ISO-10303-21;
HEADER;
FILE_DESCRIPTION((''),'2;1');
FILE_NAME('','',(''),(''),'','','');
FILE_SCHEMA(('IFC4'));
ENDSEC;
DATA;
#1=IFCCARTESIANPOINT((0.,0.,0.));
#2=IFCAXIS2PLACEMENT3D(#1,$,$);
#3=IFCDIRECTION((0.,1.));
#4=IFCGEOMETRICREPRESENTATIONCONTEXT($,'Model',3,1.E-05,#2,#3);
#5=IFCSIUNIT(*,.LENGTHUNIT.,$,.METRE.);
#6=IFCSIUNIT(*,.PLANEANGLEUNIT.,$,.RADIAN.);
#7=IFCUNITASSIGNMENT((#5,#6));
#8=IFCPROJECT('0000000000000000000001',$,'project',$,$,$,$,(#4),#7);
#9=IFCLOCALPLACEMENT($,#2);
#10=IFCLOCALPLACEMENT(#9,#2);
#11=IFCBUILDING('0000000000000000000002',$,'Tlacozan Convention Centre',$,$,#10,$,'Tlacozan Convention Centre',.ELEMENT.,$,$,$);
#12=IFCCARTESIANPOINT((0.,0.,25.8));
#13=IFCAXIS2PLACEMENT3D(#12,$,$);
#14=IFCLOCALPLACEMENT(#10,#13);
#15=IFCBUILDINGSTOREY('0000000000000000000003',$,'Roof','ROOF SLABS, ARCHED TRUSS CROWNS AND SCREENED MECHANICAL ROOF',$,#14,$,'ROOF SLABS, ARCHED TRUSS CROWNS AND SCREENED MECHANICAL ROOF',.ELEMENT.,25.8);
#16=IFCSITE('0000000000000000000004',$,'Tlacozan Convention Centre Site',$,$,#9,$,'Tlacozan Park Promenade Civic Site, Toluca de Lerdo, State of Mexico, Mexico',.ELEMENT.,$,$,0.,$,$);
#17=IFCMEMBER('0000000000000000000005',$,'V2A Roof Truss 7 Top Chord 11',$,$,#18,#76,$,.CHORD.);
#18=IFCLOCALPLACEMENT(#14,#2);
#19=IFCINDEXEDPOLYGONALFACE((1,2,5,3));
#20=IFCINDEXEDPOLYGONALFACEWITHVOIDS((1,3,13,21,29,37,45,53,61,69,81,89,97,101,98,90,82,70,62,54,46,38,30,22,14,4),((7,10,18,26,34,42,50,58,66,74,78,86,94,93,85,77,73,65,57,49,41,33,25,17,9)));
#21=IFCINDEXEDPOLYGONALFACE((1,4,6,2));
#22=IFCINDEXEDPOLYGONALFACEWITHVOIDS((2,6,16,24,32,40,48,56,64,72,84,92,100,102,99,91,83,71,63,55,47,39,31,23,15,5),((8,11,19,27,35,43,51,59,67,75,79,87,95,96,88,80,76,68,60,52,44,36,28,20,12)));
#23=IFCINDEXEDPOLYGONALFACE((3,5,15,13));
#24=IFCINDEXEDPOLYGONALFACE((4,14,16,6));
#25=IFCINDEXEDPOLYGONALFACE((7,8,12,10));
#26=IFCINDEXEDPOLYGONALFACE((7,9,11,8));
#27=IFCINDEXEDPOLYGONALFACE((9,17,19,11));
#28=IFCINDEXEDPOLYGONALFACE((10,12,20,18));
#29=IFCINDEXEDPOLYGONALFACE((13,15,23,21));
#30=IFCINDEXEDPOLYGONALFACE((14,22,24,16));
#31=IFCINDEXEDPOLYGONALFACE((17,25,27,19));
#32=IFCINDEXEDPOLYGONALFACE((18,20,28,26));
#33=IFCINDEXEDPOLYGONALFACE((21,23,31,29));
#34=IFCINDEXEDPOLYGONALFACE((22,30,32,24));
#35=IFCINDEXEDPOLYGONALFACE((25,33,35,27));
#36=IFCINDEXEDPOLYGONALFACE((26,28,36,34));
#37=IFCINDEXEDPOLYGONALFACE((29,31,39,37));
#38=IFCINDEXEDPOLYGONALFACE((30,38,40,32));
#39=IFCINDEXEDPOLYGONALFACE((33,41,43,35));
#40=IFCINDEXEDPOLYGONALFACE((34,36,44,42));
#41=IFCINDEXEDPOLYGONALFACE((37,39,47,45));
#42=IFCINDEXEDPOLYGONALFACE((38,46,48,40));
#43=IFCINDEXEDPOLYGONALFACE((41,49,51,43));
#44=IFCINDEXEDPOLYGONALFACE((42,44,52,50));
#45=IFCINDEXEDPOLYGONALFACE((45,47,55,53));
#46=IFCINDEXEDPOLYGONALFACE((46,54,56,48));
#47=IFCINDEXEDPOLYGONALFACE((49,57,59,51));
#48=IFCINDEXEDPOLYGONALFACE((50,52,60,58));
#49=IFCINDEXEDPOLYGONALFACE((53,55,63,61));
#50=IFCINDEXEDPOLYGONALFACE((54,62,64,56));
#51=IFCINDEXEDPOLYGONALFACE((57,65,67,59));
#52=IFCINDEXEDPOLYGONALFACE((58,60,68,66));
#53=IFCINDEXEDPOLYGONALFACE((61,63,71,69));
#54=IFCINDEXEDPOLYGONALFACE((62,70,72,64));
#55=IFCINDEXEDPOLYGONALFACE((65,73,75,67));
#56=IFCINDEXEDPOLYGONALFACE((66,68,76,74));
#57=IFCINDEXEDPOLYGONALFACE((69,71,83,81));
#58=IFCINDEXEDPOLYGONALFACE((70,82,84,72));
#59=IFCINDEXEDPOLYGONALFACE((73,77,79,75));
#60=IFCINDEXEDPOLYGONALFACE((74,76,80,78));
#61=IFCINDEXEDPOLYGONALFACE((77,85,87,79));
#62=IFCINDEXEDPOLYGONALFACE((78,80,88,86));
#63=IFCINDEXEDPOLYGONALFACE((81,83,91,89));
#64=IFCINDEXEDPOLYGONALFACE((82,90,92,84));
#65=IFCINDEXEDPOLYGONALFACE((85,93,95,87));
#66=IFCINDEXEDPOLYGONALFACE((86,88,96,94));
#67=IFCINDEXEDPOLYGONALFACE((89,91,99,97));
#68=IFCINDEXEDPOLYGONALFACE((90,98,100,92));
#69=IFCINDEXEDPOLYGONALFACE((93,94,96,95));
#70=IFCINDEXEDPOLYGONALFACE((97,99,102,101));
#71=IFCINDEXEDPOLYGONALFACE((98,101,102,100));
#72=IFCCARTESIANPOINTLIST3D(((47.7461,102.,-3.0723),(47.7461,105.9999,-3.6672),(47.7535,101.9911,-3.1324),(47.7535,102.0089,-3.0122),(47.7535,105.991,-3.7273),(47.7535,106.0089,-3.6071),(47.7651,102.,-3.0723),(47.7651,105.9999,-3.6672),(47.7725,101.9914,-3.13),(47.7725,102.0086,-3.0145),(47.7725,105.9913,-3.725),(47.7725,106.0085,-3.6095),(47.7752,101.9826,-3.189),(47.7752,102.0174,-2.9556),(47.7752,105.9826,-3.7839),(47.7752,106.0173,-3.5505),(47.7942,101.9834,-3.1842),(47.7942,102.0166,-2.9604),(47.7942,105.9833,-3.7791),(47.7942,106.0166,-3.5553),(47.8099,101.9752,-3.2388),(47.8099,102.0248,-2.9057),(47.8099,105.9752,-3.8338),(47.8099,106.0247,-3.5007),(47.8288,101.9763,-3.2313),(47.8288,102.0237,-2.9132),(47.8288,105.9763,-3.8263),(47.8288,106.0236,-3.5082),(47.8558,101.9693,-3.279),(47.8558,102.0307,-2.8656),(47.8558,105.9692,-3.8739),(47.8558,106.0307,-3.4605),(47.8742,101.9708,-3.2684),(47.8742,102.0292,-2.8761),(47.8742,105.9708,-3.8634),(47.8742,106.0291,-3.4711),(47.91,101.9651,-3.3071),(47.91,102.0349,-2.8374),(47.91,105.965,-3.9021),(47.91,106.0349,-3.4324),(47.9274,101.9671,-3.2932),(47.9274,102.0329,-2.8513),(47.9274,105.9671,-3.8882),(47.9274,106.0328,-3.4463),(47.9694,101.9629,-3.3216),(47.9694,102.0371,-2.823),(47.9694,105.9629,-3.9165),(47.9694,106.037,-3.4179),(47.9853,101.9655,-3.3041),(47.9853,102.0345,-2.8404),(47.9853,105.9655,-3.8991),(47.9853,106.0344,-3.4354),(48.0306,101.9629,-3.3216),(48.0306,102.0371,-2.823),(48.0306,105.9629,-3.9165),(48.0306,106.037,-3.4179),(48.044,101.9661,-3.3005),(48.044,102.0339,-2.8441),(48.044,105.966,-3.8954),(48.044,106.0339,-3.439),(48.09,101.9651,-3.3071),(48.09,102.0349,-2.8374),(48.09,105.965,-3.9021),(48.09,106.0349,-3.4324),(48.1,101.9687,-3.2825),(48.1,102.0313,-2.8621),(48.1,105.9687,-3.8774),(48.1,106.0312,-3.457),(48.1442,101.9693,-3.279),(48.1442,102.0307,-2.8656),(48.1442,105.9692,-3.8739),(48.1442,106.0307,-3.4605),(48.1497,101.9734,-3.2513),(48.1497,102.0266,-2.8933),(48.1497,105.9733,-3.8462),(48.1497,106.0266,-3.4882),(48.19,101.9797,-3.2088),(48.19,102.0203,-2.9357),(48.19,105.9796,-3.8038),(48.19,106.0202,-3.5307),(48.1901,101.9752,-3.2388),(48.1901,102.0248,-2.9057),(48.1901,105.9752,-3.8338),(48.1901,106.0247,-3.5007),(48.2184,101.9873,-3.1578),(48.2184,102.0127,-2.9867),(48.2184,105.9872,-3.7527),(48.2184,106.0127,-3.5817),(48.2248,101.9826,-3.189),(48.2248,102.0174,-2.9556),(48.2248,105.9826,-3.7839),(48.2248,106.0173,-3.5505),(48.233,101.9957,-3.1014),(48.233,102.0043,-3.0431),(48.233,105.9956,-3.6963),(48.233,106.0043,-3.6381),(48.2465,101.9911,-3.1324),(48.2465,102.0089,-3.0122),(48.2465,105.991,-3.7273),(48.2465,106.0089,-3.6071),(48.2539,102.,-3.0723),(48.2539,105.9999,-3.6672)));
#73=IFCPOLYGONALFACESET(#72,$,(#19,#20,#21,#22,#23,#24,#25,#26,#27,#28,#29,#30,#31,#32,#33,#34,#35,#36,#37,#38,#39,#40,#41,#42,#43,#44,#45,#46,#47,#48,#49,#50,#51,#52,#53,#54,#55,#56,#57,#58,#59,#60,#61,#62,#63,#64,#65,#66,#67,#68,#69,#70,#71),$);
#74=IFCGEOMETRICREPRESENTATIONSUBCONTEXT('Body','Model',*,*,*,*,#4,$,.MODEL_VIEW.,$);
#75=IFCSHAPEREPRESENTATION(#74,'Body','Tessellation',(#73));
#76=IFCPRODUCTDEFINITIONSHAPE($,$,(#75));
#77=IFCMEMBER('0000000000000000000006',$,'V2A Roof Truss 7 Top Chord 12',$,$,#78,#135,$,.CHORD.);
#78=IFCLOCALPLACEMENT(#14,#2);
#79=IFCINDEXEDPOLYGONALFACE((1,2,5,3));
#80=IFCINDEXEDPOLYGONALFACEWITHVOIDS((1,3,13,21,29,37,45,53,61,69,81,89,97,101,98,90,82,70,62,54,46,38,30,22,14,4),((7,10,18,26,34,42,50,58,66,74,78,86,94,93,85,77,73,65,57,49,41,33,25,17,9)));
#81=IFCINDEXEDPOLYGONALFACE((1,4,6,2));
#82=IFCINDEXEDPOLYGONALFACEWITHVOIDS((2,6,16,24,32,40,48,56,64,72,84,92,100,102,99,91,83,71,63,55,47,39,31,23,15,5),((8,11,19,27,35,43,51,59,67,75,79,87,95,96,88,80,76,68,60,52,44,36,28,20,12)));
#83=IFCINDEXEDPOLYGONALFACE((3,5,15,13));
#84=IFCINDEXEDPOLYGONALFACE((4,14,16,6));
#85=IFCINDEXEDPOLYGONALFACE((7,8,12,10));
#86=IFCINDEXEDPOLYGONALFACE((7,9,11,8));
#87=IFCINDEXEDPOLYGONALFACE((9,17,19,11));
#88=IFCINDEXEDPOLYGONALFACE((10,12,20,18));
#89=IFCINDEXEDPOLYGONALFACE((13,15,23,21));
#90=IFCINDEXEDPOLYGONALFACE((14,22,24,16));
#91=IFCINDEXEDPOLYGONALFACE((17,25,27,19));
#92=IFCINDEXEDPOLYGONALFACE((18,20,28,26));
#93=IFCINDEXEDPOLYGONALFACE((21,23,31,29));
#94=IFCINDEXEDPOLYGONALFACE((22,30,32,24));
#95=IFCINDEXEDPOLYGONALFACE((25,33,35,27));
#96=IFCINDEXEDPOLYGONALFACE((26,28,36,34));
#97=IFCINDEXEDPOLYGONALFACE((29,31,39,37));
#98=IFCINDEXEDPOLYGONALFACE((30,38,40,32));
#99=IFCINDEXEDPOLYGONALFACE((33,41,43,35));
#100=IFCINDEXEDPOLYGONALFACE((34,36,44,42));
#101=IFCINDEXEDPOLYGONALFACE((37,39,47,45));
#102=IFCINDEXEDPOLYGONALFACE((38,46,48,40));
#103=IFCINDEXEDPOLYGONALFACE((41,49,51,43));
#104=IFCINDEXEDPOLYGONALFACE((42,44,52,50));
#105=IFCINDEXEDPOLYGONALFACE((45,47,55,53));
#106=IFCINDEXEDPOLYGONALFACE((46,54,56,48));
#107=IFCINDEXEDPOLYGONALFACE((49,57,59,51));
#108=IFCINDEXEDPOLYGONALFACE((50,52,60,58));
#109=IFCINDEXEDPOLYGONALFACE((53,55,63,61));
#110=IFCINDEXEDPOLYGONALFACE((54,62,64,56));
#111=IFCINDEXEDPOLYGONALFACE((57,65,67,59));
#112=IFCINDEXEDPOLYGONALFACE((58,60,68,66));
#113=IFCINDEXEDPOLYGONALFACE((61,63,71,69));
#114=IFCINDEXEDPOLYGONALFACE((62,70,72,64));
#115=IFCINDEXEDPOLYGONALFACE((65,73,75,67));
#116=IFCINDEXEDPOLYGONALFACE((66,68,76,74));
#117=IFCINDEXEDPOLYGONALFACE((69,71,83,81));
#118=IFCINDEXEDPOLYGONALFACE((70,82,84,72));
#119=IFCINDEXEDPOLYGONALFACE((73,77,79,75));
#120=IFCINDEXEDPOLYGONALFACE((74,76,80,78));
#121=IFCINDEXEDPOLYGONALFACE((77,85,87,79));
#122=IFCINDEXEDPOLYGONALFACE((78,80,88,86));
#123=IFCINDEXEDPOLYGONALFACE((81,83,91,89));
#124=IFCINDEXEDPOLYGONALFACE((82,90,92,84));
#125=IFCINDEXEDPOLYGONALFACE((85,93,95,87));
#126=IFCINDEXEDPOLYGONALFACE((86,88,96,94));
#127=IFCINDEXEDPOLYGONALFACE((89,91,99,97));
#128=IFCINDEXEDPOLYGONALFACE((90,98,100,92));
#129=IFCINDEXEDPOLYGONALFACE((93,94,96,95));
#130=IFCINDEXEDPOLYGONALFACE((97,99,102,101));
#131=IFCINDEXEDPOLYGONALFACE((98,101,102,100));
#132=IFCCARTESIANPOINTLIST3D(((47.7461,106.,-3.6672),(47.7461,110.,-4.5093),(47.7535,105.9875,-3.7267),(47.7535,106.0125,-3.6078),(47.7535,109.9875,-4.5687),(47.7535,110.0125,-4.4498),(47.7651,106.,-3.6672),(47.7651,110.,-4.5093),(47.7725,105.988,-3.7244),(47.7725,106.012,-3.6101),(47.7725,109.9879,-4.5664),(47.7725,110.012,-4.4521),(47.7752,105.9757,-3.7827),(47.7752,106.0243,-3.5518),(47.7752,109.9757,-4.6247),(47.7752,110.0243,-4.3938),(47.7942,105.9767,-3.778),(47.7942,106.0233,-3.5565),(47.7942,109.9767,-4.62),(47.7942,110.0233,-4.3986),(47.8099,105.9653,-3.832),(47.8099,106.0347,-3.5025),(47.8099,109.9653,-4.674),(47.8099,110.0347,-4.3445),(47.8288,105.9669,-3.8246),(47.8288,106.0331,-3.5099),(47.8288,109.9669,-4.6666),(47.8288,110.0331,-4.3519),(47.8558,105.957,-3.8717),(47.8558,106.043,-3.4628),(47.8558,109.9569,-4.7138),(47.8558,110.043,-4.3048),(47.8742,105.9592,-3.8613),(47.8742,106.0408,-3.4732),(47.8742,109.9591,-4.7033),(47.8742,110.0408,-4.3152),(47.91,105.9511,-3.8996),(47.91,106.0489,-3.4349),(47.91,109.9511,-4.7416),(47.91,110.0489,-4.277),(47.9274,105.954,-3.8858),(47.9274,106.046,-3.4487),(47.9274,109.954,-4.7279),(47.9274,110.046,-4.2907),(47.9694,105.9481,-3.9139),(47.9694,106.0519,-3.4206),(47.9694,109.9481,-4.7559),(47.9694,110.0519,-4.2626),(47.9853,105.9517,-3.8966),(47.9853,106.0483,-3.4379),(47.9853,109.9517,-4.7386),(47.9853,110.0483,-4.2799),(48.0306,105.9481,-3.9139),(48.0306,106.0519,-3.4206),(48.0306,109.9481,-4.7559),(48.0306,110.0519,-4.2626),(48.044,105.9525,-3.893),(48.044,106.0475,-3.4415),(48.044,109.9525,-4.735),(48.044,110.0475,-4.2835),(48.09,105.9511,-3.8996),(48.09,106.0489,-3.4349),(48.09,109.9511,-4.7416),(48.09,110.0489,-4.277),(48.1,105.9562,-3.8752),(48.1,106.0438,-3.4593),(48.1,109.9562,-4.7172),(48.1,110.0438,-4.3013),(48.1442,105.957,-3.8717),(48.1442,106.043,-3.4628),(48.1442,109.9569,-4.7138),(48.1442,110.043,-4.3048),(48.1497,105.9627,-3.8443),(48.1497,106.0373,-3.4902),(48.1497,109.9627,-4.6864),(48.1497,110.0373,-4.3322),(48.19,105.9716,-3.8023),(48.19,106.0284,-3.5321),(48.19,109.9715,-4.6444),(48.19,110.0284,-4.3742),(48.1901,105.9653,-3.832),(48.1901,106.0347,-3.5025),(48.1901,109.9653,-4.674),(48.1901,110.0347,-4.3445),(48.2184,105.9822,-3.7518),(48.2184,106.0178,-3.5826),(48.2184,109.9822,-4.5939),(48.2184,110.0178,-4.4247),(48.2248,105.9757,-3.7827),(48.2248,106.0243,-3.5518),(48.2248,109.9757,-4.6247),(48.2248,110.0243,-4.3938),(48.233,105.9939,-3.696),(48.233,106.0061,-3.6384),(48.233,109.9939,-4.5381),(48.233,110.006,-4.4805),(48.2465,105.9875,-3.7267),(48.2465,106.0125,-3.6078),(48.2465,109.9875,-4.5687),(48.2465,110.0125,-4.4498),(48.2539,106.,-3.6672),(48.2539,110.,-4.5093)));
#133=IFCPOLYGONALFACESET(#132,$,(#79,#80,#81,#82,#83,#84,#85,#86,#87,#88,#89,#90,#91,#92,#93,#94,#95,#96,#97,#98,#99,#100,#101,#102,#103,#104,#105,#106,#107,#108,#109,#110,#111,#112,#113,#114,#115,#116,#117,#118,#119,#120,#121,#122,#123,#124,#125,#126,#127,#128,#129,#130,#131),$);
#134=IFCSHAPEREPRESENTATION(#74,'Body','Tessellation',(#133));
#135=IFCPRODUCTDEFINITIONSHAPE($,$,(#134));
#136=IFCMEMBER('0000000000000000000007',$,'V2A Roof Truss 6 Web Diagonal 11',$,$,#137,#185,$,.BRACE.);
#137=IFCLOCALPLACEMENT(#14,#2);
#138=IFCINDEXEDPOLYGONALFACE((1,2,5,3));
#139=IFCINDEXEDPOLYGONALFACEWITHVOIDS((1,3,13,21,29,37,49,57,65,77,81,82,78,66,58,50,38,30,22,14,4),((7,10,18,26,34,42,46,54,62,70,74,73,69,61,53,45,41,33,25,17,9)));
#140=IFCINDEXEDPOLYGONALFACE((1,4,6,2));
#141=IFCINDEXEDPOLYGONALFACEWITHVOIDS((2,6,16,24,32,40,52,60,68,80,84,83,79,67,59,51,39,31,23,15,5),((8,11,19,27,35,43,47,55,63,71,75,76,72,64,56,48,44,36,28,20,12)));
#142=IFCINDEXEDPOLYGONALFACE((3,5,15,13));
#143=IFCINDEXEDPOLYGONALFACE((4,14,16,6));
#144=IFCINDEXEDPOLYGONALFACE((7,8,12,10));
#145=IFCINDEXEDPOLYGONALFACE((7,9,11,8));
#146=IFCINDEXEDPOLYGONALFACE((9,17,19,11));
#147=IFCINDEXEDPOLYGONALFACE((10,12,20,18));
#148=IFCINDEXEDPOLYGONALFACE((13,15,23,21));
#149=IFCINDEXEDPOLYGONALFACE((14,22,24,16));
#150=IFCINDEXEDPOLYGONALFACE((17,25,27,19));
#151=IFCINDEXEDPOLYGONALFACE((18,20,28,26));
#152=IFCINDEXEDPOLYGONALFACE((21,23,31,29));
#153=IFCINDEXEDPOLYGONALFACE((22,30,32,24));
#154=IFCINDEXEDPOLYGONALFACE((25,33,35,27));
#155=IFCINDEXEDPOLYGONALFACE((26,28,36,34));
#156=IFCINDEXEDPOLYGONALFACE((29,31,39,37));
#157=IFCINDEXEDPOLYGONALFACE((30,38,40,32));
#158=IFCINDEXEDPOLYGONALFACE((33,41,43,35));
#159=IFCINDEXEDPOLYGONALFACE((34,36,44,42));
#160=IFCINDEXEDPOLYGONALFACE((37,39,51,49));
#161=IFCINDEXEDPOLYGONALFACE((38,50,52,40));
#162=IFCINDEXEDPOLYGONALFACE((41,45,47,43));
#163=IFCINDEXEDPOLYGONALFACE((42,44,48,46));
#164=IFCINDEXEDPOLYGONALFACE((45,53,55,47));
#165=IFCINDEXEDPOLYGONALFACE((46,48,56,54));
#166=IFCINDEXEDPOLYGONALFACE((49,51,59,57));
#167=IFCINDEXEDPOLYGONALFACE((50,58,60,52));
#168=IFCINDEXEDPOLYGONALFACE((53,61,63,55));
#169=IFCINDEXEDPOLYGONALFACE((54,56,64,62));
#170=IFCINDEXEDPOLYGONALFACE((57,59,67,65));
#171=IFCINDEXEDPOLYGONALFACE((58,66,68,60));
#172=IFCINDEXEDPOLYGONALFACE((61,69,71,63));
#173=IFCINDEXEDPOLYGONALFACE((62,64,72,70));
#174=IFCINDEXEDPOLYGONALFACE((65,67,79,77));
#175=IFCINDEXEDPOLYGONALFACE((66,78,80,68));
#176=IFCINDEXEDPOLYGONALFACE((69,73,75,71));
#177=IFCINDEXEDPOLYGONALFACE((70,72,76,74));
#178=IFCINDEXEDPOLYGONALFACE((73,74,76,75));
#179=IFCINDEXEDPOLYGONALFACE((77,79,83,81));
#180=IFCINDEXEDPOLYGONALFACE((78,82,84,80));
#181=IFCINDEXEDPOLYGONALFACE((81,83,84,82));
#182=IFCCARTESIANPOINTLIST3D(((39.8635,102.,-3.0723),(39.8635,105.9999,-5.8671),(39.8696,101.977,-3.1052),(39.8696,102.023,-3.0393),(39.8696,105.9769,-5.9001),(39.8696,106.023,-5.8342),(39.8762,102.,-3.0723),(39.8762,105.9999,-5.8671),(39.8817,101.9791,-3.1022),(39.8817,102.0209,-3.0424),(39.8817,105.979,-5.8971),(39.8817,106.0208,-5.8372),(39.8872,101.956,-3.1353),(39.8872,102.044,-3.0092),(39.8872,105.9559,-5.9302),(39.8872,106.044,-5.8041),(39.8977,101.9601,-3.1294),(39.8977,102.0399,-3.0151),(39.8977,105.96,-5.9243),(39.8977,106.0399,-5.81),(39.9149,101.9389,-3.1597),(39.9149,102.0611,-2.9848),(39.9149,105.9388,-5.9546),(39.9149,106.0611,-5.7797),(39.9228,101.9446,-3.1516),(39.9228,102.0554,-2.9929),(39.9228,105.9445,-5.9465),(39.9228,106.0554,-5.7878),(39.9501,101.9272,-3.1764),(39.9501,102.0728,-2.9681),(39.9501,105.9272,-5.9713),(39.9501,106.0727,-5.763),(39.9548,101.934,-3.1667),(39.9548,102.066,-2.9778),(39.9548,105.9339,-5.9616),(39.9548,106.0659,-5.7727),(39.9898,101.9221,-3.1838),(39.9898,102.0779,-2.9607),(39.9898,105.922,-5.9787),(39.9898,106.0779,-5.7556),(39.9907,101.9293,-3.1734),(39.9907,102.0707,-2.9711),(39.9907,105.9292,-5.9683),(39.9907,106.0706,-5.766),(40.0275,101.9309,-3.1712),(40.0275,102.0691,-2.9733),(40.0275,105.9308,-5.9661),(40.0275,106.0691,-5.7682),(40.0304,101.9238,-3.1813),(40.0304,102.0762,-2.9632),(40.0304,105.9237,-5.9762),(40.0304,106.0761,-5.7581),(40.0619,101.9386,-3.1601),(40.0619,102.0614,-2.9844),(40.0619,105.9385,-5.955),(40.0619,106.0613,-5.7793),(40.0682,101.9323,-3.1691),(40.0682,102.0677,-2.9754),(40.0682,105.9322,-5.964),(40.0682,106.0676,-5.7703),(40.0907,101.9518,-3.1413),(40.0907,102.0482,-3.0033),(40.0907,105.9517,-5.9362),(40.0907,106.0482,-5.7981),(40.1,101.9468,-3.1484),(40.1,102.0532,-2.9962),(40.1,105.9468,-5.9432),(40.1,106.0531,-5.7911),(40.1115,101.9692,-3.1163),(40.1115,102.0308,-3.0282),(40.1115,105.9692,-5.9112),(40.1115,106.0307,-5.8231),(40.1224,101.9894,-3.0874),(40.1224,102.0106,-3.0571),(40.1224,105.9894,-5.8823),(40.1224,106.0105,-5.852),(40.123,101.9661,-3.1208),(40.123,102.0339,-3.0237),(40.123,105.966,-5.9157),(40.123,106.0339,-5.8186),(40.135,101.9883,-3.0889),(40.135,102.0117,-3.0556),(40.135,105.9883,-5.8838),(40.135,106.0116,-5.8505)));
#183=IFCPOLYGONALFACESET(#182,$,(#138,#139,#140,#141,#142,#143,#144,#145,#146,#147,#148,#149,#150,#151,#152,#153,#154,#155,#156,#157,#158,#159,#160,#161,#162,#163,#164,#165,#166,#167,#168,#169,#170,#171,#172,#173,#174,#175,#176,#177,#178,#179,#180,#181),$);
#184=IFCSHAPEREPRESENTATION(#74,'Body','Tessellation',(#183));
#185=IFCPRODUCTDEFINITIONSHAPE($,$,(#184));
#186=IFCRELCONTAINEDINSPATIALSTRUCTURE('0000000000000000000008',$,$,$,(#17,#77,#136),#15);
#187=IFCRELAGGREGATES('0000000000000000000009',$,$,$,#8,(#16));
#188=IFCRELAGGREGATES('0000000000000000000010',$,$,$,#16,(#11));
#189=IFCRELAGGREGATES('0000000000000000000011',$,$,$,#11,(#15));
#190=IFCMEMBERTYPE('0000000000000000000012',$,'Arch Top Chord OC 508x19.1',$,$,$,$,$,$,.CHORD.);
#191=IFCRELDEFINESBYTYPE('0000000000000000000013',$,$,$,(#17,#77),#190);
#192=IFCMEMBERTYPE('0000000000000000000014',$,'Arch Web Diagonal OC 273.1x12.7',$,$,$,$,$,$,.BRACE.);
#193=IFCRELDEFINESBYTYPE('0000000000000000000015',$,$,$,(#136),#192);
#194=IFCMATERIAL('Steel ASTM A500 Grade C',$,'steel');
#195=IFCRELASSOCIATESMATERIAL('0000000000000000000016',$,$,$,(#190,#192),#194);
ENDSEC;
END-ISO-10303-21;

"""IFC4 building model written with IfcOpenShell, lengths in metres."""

from ifc_helpers import new_model, si_unit, direction, frame, origin, origin_2d, place, context, subcontext, project, spatial, hollow_circle, extrude, material, material_profile, profile_set, type_object, element, save


model = new_model("IFC4")

# Units and contexts
model_context = context("Model", 3, precision=1e-05, world=origin(), true_north=direction((0.0, 1.0)))
body_context = subcontext(model_context, "Body", "Model", "MODEL_VIEW")
ifc_project = project(units=[si_unit("LENGTHUNIT", "METRE"), si_unit("PLANEANGLEUNIT", "RADIAN")], contexts=[model_context])

# Site, building, storey
site_placement = place(None, origin())
site = spatial("IfcSite", under=ifc_project, at=site_placement, Name="Tlacozan Convention Centre Site", LongName="Tlacozan Park Promenade Civic Site, Toluca de Lerdo, State of Mexico, Mexico", CompositionType="ELEMENT", RefElevation=0.0)
building_placement = place(site_placement, origin())
building = spatial("IfcBuilding", under=site, at=building_placement, Name="Tlacozan Convention Centre", LongName="Tlacozan Convention Centre", CompositionType="ELEMENT")
storey_placement = place(building_placement, frame((0.0, 0.0, 25.8)))
storey = spatial("IfcBuildingStorey", under=building, at=storey_placement, Name="Roof", Description="ROOF SLABS, ARCHED TRUSS CROWNS AND SCREENED MECHANICAL ROOF", LongName="ROOF SLABS, ARCHED TRUSS CROWNS AND SCREENED MECHANICAL ROOF", CompositionType="ELEMENT", Elevation=25.8)

# Members
ifc_material_1 = material(Name="Steel ASTM A500 Grade C", Category="steel")
ifc_material_profile_1 = material_profile(ifc_material_1, hollow_circle(Radius=0.2539, WallThickness=0.019, at=origin_2d()), Name="OC 508.0x19.1")
ifc_profile_set_1 = profile_set([ifc_material_profile_1], Name="Steel ASTM A500 Grade C")
member_type_1 = type_object("IfcMemberType", Name="Arch Top Chord OC 508x19.1", PredefinedType="CHORD", material=ifc_profile_set_1)
member_1_placement = place(storey_placement, frame((48.0, 102.0, -3.0723), z_axis=(0.0, 0.989118, -0.147124), x_axis=(-1.0, 0.0, 0.0)))
element("IfcMember", 1, at=member_1_placement, inside=storey, type_object=member_type_1, Name="V2A Roof Truss 7 Top Chord 11", PredefinedType="CHORD", context=body_context, shape_type="SweptSolid", body=[
    extrude(hollow_circle(Radius=0.2539, WallThickness=0.019, at=origin_2d()), origin(), (0.0, 0.0, 1.0), 4.0439),
])
member_2_placement = place(storey_placement, frame((48.0, 106.0, -3.6672), z_axis=(0.0, 0.978553, -0.205995), x_axis=(-1.0, 0.0, 0.0)))
element("IfcMember", 2, at=member_2_placement, inside=storey, type_object=member_type_1, Name="V2A Roof Truss 7 Top Chord 12", PredefinedType="CHORD", context=body_context, shape_type="SweptSolid", body=[
    extrude(hollow_circle(Radius=0.2539, WallThickness=0.019, at=origin_2d()), origin(), (0.0, 0.0, 1.0), 4.0876),
])
ifc_material_profile_2 = material_profile(ifc_material_1, hollow_circle(Radius=0.1365, WallThickness=0.0127, at=origin_2d()), Name="OC 273.1x12.7")
ifc_profile_set_2 = profile_set([ifc_material_profile_2], Name="Steel ASTM A500 Grade C")
member_type_2 = type_object("IfcMemberType", Name="Arch Web Diagonal OC 273.1x12.7", PredefinedType="BRACE", material=ifc_profile_set_2)
member_3_placement = place(storey_placement, frame((40.0, 102.0, -3.0723), z_axis=(0.0, 0.819721, -0.572764), x_axis=(-1.0, 0.0, 0.0)))
element("IfcMember", 3, at=member_3_placement, inside=storey, type_object=member_type_2, Name="V2A Roof Truss 6 Web Diagonal 11", PredefinedType="BRACE", context=body_context, shape_type="SweptSolid", body=[
    extrude(hollow_circle(Radius=0.1365, WallThickness=0.0127, at=origin_2d()), origin(), (0.0, 0.0, 1.0), 4.8796),
])

save(model, "model.ifc")
